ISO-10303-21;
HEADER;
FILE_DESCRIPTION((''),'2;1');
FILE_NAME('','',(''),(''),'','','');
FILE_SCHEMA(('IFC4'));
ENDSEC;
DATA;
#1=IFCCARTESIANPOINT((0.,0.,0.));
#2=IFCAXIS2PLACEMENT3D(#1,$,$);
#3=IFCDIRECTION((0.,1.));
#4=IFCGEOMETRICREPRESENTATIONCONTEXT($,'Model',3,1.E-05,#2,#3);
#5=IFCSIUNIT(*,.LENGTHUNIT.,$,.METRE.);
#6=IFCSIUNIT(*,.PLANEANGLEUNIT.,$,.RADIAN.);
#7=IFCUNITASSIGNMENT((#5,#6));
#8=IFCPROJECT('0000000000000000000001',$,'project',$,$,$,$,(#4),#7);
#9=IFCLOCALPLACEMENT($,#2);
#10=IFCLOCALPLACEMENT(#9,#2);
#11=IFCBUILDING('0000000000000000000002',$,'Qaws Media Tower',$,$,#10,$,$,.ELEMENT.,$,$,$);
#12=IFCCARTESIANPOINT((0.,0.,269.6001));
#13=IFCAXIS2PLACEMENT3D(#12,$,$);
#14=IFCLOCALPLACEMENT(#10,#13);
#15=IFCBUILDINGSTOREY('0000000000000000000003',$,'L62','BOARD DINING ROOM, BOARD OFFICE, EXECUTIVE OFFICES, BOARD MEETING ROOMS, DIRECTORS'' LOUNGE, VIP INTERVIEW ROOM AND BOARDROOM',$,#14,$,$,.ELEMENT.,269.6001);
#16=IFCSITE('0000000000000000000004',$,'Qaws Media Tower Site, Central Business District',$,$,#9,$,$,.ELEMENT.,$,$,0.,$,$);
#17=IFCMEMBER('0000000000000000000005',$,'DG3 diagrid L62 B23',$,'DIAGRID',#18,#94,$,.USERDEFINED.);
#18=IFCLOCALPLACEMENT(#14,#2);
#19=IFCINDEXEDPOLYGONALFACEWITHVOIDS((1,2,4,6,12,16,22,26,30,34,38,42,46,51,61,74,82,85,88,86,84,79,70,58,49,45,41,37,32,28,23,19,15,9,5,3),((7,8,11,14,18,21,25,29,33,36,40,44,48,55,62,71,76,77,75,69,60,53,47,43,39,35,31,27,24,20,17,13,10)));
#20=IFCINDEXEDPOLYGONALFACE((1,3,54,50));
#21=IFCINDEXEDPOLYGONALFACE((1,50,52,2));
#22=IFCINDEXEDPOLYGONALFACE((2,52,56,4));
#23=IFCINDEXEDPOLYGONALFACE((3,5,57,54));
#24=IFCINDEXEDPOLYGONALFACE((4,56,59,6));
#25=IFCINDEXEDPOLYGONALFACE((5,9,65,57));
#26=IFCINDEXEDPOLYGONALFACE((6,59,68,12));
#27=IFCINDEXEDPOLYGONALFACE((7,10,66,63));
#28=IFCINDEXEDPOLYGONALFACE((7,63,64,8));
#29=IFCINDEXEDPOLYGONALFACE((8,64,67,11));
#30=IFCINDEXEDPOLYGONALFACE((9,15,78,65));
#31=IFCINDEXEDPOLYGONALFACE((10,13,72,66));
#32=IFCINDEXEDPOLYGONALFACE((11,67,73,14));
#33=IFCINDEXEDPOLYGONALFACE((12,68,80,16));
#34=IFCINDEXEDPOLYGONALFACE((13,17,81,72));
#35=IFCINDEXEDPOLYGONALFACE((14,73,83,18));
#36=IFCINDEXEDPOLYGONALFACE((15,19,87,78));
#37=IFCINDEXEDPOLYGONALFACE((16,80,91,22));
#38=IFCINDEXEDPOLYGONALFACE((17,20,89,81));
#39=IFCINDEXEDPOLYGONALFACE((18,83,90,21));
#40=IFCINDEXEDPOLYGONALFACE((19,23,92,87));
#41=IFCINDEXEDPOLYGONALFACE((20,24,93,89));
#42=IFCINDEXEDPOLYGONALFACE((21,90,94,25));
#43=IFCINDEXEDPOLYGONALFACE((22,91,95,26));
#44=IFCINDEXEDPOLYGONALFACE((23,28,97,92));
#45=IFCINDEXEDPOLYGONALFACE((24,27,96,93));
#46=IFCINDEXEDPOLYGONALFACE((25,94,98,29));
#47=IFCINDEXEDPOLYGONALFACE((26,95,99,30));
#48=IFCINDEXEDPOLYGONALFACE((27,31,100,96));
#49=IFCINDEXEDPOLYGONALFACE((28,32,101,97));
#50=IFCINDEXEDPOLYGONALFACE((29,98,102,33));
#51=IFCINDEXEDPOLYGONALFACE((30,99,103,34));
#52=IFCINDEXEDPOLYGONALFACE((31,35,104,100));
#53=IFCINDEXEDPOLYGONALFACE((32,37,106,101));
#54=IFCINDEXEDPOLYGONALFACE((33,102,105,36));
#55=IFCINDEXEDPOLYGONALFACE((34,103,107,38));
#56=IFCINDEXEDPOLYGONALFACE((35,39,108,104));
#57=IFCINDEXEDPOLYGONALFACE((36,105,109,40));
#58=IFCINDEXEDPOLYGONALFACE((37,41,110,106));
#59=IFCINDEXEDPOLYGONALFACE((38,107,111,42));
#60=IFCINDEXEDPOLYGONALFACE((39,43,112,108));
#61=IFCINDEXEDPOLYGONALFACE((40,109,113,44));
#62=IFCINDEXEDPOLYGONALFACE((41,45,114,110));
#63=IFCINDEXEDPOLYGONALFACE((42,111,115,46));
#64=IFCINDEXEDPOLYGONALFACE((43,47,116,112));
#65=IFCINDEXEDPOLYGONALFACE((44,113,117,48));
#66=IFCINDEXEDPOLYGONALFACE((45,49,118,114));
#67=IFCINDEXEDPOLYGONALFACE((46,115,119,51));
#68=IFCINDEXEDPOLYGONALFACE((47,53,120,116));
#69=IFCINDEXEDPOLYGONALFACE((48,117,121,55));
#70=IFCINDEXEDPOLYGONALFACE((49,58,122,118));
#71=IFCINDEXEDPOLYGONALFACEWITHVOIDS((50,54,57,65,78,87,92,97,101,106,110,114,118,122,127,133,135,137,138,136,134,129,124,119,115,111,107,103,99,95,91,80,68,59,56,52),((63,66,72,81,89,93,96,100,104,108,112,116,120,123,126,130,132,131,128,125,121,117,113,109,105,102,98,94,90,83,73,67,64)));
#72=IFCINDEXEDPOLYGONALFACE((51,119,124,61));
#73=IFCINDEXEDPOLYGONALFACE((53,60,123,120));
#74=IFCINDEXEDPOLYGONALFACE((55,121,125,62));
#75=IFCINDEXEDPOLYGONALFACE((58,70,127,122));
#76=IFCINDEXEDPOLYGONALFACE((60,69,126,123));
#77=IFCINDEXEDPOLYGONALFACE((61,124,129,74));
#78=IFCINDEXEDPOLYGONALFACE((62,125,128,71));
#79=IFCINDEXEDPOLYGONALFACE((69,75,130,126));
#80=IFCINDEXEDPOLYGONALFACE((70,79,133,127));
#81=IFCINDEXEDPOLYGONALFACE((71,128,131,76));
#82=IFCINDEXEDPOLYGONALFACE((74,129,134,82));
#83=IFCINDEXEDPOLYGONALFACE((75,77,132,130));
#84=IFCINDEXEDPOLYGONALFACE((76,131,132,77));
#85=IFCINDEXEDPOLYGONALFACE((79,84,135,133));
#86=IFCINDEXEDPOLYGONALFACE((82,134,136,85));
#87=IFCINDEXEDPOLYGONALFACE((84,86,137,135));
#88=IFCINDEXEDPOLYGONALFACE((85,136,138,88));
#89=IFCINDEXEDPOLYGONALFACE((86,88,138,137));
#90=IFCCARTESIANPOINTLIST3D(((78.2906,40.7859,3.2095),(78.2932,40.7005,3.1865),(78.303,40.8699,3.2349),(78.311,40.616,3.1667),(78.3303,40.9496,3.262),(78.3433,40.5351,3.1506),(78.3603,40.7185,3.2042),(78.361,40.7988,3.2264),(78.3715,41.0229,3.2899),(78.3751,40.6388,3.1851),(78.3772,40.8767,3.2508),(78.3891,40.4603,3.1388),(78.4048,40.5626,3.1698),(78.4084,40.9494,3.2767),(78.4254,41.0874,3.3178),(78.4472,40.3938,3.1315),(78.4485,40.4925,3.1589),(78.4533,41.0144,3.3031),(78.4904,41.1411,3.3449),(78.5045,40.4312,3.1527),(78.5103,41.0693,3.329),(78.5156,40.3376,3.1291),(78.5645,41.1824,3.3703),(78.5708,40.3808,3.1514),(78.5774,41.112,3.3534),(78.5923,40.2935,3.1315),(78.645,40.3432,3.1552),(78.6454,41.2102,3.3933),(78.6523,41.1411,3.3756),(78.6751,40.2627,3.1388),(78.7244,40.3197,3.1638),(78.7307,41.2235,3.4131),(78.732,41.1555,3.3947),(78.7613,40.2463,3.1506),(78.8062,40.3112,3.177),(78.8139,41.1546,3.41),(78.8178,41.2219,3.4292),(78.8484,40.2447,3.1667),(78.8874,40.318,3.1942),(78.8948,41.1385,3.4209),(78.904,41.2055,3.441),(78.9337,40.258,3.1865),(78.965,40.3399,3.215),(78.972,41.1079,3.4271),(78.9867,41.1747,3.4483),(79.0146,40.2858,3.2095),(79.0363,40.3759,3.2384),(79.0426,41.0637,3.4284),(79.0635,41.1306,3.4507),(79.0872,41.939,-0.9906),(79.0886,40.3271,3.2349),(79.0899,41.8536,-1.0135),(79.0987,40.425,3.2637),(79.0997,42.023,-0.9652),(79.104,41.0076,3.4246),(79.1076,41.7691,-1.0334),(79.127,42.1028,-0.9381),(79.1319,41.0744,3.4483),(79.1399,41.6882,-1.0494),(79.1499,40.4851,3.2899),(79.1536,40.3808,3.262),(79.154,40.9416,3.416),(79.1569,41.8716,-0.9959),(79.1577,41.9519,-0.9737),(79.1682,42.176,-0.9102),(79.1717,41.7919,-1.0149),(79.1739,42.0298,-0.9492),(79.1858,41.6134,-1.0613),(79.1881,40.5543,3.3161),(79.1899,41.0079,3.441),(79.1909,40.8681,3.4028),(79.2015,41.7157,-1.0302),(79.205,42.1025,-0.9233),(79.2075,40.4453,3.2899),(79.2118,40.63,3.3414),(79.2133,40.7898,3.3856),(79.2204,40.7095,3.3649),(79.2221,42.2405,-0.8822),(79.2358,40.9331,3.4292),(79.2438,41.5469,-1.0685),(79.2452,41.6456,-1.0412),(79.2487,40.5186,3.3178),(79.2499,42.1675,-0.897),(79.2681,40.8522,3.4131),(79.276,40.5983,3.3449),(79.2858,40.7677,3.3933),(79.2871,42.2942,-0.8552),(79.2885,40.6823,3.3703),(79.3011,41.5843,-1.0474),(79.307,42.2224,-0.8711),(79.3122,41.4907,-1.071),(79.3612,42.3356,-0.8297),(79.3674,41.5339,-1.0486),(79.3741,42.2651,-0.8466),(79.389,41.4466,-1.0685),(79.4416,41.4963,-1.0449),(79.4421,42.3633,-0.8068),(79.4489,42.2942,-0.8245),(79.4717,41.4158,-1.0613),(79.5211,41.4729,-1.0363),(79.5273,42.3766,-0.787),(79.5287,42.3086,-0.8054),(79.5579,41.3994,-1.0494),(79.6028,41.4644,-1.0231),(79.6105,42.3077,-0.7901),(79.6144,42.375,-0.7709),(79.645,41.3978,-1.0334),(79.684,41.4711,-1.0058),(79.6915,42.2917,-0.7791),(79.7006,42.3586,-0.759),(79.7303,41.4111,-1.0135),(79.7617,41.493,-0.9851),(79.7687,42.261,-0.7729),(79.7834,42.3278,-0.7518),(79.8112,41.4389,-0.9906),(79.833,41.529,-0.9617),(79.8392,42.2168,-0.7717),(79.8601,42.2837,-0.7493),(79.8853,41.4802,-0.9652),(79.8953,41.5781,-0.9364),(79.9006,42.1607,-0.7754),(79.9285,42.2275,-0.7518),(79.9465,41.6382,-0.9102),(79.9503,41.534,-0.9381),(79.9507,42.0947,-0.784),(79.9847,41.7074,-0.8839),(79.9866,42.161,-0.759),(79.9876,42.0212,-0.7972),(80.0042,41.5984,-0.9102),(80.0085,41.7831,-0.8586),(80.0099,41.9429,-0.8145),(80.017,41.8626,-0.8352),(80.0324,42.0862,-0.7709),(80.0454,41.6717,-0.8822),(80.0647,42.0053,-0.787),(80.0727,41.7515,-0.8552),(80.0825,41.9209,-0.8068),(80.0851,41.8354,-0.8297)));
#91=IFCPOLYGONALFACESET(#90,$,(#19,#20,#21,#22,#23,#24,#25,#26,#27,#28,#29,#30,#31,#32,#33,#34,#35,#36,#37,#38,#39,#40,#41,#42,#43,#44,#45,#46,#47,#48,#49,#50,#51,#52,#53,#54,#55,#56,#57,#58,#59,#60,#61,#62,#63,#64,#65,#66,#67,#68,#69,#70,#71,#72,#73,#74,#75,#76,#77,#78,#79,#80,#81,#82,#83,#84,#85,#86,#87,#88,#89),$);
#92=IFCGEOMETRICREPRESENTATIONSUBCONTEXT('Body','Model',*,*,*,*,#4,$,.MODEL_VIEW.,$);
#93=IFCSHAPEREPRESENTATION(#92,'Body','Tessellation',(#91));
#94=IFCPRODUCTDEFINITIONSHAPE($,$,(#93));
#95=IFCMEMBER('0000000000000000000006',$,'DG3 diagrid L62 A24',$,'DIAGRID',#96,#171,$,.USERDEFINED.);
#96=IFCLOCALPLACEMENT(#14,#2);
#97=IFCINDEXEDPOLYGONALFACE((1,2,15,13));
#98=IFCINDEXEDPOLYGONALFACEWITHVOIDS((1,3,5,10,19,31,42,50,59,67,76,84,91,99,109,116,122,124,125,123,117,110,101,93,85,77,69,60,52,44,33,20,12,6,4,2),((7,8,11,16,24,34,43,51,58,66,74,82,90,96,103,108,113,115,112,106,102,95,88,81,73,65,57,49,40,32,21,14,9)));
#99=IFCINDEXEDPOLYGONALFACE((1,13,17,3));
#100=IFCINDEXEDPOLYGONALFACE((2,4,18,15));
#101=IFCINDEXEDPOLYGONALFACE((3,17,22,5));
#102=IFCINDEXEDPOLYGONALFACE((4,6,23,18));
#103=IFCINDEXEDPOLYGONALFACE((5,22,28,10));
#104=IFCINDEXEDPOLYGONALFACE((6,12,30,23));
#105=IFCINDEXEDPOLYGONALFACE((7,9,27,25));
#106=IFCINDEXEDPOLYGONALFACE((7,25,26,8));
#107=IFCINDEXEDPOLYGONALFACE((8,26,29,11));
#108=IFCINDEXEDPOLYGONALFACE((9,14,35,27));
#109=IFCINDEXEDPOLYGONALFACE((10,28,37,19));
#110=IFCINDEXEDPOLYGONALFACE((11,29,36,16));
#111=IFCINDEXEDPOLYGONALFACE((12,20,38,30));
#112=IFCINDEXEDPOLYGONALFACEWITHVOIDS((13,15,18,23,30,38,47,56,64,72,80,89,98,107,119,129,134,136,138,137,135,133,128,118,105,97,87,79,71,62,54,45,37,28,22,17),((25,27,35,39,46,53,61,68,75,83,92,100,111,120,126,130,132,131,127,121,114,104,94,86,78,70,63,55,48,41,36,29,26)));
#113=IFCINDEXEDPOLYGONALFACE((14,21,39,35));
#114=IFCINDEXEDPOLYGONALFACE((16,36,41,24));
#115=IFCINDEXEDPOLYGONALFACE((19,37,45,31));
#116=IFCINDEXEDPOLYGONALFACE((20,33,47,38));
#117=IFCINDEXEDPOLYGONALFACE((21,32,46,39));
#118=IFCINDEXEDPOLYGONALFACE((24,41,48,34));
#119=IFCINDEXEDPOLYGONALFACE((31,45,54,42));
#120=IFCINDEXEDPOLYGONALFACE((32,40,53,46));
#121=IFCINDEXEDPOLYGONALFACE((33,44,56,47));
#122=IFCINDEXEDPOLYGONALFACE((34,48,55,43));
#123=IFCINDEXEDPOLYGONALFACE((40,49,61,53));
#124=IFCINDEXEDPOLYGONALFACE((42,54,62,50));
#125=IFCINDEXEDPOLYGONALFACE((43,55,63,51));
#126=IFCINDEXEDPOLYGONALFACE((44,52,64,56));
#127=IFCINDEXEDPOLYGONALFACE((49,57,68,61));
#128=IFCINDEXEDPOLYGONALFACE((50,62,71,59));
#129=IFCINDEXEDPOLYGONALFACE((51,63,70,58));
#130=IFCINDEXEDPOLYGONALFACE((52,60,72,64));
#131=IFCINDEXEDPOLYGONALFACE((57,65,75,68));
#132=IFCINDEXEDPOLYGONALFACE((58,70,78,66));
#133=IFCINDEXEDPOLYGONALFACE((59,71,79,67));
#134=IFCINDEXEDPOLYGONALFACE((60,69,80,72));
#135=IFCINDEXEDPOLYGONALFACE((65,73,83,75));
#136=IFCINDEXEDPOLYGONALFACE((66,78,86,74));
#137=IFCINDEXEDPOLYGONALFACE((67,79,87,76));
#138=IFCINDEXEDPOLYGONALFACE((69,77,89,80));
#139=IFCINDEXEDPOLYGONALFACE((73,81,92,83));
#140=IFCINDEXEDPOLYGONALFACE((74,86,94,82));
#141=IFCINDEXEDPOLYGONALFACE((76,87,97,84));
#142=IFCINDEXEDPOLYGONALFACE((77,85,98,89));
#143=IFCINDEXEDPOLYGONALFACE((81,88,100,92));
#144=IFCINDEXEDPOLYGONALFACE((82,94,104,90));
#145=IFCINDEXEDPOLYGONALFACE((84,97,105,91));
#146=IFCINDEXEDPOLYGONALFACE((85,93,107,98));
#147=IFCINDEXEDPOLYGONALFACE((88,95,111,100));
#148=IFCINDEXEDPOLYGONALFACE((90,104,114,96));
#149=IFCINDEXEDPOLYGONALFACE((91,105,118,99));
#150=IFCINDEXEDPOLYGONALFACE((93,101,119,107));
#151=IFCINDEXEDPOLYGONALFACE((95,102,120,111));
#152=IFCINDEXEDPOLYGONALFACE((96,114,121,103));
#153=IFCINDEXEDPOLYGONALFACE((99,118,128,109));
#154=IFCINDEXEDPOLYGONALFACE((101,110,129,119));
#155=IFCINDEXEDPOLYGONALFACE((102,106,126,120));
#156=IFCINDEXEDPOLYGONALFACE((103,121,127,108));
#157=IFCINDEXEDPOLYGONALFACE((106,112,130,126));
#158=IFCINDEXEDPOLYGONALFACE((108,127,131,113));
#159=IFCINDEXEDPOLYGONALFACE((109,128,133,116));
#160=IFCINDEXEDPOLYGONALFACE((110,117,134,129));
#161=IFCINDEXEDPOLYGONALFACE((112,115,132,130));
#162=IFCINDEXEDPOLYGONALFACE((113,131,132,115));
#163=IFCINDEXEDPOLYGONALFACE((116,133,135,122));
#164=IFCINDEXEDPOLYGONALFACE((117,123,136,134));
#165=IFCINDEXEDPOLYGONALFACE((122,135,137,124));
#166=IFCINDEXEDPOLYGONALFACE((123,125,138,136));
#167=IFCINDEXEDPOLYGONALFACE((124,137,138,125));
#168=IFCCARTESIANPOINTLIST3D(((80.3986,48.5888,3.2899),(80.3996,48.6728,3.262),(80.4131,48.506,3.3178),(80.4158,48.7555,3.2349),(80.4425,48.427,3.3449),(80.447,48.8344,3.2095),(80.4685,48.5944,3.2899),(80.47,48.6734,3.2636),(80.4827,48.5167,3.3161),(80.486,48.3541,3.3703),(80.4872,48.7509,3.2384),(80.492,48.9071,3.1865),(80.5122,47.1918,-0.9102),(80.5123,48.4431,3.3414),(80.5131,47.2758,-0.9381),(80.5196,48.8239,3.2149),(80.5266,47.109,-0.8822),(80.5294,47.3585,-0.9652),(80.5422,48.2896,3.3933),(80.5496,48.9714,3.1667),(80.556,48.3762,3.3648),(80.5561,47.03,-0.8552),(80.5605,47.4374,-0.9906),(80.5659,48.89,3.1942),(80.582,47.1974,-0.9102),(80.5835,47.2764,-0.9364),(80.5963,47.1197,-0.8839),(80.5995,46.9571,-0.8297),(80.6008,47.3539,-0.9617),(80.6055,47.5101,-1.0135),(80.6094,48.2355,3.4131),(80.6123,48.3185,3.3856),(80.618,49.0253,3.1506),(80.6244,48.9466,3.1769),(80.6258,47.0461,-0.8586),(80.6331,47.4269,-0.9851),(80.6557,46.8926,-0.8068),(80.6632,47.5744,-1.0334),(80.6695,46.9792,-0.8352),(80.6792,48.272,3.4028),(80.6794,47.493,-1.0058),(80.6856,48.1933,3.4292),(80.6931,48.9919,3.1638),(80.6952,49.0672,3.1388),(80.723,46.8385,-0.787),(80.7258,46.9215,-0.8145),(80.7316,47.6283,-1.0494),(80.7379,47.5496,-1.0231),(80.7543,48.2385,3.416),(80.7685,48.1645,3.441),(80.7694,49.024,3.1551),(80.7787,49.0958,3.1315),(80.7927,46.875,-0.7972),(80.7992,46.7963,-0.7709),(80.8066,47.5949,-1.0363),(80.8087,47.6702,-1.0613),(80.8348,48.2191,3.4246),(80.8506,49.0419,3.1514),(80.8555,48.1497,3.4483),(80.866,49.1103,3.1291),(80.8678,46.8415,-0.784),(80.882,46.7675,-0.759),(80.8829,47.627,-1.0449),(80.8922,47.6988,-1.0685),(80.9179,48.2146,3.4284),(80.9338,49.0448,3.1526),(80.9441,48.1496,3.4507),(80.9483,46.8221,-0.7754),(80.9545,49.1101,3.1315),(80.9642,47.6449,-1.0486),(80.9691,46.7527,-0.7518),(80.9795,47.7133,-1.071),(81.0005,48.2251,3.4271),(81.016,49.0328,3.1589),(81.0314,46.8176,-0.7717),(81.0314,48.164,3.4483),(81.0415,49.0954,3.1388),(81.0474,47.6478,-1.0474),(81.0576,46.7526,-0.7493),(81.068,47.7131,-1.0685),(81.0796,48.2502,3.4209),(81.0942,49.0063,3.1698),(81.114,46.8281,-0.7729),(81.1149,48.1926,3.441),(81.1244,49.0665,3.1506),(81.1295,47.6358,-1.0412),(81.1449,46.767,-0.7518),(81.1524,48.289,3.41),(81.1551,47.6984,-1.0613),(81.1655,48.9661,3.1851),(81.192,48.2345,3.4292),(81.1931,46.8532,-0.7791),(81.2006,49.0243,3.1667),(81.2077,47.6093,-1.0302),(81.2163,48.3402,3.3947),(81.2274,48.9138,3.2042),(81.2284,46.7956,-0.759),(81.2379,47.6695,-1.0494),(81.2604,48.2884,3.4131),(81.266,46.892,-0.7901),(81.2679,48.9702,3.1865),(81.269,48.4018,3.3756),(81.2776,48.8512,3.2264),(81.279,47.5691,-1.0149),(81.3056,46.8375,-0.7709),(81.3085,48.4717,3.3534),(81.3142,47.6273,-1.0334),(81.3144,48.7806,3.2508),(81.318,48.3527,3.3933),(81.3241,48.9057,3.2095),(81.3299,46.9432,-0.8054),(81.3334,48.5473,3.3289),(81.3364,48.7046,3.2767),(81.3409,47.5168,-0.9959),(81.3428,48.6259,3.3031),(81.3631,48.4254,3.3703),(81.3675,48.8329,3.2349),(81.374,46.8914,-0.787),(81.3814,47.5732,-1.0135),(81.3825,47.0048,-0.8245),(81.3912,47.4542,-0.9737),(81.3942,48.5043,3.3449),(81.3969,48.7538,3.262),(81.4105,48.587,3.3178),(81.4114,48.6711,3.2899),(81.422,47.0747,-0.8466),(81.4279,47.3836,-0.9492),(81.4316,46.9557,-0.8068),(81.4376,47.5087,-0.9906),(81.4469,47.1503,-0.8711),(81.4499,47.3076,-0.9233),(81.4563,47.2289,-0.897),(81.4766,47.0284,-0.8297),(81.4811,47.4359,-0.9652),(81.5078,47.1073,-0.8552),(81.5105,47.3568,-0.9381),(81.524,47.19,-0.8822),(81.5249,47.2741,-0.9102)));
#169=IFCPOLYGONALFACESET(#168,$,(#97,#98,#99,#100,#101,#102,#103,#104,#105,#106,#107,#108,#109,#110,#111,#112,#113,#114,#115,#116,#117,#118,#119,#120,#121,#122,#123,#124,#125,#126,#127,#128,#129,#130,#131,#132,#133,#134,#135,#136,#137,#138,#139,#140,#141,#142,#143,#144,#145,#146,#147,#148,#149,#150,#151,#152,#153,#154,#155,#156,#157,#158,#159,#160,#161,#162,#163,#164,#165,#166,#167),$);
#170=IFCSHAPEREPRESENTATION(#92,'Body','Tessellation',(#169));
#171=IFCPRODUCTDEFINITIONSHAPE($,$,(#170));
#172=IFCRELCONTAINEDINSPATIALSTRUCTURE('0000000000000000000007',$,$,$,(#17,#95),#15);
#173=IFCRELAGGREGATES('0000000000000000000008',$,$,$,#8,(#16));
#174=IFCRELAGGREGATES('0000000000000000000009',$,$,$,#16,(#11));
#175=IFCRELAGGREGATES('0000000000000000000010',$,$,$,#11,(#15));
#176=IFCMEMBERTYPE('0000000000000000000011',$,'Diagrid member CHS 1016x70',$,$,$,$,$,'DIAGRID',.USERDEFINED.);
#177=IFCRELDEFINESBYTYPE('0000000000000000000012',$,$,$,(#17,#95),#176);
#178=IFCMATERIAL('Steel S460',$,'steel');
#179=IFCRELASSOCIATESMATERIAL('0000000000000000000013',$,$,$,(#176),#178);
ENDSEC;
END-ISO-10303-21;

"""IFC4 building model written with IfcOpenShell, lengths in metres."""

from ifc_helpers import new_model, si_unit, direction, frame, origin, origin_2d, place, context, subcontext, project, spatial, hollow_circle, extrude, material, material_profile, profile_set, type_object, element, save


model = new_model("IFC4")

# Units and contexts
model_context = context("Model", 3, precision=1e-05, world=origin(), true_north=direction((0.0, 1.0)))
body_context = subcontext(model_context, "Body", "Model", "MODEL_VIEW")
ifc_project = project(units=[si_unit("LENGTHUNIT", "METRE"), si_unit("PLANEANGLEUNIT", "RADIAN")], contexts=[model_context])

# Site, building, storey
site_placement = place(None, origin())
site = spatial("IfcSite", under=ifc_project, at=site_placement, Name="Qaws Media Tower Site, Central Business District", CompositionType="ELEMENT", RefElevation=0.0)
building_placement = place(site_placement, origin())
building = spatial("IfcBuilding", under=site, at=building_placement, Name="Qaws Media Tower", CompositionType="ELEMENT")
storey_placement = place(building_placement, frame((0.0, 0.0, 269.6001)))
storey = spatial("IfcBuildingStorey", under=building, at=storey_placement, Name="L62", Description="BOARD DINING ROOM, BOARD OFFICE, EXECUTIVE OFFICES, BOARD MEETING ROOMS, DIRECTORS' LOUNGE, VIP INTERVIEW ROOM AND BOARDROOM", CompositionType="ELEMENT", Elevation=269.6001)

# Members
ifc_material_1 = material(Name="Steel S460", Category="steel")
ifc_material_profile_1 = material_profile(ifc_material_1, hollow_circle(Radius=0.5081, WallThickness=0.0701, at=origin_2d()), Name="CHS 1016x70")
ifc_profile_set_1 = profile_set([ifc_material_profile_1], Name="Steel S460")
member_type_1 = type_object("IfcMemberType", Name="Diagrid member CHS 1016x70", ElementType="DIAGRID", PredefinedType="USERDEFINED", material=ifc_profile_set_1)
for number, where, z_axis, x_axis, name in (
    (1, (79.5862, 41.8872, -0.9102), (-0.179923, -0.260428, 0.94858), (0.822744, -0.568413, 0.0), "DG3 diagrid L62 B23"),
    (2, (81.0186, 47.2329, -0.9102), (-0.02564, 0.315512, 0.948575), (-0.996714, -0.080998, 0.0), "DG3 diagrid L62 A24"),
):
    element("IfcMember", number, at=place(storey_placement, frame(where, z_axis=z_axis, x_axis=x_axis)), inside=storey, type_object=member_type_1, Name=name, ObjectType="DIAGRID", PredefinedType="USERDEFINED", context=body_context, shape_type="SweptSolid", body=[
        extrude(hollow_circle(Radius=0.5081, WallThickness=0.0701, at=origin_2d()), origin(), (0.0, 0.0, 1.0), 4.4277),
    ])

save(model, "model.ifc")
